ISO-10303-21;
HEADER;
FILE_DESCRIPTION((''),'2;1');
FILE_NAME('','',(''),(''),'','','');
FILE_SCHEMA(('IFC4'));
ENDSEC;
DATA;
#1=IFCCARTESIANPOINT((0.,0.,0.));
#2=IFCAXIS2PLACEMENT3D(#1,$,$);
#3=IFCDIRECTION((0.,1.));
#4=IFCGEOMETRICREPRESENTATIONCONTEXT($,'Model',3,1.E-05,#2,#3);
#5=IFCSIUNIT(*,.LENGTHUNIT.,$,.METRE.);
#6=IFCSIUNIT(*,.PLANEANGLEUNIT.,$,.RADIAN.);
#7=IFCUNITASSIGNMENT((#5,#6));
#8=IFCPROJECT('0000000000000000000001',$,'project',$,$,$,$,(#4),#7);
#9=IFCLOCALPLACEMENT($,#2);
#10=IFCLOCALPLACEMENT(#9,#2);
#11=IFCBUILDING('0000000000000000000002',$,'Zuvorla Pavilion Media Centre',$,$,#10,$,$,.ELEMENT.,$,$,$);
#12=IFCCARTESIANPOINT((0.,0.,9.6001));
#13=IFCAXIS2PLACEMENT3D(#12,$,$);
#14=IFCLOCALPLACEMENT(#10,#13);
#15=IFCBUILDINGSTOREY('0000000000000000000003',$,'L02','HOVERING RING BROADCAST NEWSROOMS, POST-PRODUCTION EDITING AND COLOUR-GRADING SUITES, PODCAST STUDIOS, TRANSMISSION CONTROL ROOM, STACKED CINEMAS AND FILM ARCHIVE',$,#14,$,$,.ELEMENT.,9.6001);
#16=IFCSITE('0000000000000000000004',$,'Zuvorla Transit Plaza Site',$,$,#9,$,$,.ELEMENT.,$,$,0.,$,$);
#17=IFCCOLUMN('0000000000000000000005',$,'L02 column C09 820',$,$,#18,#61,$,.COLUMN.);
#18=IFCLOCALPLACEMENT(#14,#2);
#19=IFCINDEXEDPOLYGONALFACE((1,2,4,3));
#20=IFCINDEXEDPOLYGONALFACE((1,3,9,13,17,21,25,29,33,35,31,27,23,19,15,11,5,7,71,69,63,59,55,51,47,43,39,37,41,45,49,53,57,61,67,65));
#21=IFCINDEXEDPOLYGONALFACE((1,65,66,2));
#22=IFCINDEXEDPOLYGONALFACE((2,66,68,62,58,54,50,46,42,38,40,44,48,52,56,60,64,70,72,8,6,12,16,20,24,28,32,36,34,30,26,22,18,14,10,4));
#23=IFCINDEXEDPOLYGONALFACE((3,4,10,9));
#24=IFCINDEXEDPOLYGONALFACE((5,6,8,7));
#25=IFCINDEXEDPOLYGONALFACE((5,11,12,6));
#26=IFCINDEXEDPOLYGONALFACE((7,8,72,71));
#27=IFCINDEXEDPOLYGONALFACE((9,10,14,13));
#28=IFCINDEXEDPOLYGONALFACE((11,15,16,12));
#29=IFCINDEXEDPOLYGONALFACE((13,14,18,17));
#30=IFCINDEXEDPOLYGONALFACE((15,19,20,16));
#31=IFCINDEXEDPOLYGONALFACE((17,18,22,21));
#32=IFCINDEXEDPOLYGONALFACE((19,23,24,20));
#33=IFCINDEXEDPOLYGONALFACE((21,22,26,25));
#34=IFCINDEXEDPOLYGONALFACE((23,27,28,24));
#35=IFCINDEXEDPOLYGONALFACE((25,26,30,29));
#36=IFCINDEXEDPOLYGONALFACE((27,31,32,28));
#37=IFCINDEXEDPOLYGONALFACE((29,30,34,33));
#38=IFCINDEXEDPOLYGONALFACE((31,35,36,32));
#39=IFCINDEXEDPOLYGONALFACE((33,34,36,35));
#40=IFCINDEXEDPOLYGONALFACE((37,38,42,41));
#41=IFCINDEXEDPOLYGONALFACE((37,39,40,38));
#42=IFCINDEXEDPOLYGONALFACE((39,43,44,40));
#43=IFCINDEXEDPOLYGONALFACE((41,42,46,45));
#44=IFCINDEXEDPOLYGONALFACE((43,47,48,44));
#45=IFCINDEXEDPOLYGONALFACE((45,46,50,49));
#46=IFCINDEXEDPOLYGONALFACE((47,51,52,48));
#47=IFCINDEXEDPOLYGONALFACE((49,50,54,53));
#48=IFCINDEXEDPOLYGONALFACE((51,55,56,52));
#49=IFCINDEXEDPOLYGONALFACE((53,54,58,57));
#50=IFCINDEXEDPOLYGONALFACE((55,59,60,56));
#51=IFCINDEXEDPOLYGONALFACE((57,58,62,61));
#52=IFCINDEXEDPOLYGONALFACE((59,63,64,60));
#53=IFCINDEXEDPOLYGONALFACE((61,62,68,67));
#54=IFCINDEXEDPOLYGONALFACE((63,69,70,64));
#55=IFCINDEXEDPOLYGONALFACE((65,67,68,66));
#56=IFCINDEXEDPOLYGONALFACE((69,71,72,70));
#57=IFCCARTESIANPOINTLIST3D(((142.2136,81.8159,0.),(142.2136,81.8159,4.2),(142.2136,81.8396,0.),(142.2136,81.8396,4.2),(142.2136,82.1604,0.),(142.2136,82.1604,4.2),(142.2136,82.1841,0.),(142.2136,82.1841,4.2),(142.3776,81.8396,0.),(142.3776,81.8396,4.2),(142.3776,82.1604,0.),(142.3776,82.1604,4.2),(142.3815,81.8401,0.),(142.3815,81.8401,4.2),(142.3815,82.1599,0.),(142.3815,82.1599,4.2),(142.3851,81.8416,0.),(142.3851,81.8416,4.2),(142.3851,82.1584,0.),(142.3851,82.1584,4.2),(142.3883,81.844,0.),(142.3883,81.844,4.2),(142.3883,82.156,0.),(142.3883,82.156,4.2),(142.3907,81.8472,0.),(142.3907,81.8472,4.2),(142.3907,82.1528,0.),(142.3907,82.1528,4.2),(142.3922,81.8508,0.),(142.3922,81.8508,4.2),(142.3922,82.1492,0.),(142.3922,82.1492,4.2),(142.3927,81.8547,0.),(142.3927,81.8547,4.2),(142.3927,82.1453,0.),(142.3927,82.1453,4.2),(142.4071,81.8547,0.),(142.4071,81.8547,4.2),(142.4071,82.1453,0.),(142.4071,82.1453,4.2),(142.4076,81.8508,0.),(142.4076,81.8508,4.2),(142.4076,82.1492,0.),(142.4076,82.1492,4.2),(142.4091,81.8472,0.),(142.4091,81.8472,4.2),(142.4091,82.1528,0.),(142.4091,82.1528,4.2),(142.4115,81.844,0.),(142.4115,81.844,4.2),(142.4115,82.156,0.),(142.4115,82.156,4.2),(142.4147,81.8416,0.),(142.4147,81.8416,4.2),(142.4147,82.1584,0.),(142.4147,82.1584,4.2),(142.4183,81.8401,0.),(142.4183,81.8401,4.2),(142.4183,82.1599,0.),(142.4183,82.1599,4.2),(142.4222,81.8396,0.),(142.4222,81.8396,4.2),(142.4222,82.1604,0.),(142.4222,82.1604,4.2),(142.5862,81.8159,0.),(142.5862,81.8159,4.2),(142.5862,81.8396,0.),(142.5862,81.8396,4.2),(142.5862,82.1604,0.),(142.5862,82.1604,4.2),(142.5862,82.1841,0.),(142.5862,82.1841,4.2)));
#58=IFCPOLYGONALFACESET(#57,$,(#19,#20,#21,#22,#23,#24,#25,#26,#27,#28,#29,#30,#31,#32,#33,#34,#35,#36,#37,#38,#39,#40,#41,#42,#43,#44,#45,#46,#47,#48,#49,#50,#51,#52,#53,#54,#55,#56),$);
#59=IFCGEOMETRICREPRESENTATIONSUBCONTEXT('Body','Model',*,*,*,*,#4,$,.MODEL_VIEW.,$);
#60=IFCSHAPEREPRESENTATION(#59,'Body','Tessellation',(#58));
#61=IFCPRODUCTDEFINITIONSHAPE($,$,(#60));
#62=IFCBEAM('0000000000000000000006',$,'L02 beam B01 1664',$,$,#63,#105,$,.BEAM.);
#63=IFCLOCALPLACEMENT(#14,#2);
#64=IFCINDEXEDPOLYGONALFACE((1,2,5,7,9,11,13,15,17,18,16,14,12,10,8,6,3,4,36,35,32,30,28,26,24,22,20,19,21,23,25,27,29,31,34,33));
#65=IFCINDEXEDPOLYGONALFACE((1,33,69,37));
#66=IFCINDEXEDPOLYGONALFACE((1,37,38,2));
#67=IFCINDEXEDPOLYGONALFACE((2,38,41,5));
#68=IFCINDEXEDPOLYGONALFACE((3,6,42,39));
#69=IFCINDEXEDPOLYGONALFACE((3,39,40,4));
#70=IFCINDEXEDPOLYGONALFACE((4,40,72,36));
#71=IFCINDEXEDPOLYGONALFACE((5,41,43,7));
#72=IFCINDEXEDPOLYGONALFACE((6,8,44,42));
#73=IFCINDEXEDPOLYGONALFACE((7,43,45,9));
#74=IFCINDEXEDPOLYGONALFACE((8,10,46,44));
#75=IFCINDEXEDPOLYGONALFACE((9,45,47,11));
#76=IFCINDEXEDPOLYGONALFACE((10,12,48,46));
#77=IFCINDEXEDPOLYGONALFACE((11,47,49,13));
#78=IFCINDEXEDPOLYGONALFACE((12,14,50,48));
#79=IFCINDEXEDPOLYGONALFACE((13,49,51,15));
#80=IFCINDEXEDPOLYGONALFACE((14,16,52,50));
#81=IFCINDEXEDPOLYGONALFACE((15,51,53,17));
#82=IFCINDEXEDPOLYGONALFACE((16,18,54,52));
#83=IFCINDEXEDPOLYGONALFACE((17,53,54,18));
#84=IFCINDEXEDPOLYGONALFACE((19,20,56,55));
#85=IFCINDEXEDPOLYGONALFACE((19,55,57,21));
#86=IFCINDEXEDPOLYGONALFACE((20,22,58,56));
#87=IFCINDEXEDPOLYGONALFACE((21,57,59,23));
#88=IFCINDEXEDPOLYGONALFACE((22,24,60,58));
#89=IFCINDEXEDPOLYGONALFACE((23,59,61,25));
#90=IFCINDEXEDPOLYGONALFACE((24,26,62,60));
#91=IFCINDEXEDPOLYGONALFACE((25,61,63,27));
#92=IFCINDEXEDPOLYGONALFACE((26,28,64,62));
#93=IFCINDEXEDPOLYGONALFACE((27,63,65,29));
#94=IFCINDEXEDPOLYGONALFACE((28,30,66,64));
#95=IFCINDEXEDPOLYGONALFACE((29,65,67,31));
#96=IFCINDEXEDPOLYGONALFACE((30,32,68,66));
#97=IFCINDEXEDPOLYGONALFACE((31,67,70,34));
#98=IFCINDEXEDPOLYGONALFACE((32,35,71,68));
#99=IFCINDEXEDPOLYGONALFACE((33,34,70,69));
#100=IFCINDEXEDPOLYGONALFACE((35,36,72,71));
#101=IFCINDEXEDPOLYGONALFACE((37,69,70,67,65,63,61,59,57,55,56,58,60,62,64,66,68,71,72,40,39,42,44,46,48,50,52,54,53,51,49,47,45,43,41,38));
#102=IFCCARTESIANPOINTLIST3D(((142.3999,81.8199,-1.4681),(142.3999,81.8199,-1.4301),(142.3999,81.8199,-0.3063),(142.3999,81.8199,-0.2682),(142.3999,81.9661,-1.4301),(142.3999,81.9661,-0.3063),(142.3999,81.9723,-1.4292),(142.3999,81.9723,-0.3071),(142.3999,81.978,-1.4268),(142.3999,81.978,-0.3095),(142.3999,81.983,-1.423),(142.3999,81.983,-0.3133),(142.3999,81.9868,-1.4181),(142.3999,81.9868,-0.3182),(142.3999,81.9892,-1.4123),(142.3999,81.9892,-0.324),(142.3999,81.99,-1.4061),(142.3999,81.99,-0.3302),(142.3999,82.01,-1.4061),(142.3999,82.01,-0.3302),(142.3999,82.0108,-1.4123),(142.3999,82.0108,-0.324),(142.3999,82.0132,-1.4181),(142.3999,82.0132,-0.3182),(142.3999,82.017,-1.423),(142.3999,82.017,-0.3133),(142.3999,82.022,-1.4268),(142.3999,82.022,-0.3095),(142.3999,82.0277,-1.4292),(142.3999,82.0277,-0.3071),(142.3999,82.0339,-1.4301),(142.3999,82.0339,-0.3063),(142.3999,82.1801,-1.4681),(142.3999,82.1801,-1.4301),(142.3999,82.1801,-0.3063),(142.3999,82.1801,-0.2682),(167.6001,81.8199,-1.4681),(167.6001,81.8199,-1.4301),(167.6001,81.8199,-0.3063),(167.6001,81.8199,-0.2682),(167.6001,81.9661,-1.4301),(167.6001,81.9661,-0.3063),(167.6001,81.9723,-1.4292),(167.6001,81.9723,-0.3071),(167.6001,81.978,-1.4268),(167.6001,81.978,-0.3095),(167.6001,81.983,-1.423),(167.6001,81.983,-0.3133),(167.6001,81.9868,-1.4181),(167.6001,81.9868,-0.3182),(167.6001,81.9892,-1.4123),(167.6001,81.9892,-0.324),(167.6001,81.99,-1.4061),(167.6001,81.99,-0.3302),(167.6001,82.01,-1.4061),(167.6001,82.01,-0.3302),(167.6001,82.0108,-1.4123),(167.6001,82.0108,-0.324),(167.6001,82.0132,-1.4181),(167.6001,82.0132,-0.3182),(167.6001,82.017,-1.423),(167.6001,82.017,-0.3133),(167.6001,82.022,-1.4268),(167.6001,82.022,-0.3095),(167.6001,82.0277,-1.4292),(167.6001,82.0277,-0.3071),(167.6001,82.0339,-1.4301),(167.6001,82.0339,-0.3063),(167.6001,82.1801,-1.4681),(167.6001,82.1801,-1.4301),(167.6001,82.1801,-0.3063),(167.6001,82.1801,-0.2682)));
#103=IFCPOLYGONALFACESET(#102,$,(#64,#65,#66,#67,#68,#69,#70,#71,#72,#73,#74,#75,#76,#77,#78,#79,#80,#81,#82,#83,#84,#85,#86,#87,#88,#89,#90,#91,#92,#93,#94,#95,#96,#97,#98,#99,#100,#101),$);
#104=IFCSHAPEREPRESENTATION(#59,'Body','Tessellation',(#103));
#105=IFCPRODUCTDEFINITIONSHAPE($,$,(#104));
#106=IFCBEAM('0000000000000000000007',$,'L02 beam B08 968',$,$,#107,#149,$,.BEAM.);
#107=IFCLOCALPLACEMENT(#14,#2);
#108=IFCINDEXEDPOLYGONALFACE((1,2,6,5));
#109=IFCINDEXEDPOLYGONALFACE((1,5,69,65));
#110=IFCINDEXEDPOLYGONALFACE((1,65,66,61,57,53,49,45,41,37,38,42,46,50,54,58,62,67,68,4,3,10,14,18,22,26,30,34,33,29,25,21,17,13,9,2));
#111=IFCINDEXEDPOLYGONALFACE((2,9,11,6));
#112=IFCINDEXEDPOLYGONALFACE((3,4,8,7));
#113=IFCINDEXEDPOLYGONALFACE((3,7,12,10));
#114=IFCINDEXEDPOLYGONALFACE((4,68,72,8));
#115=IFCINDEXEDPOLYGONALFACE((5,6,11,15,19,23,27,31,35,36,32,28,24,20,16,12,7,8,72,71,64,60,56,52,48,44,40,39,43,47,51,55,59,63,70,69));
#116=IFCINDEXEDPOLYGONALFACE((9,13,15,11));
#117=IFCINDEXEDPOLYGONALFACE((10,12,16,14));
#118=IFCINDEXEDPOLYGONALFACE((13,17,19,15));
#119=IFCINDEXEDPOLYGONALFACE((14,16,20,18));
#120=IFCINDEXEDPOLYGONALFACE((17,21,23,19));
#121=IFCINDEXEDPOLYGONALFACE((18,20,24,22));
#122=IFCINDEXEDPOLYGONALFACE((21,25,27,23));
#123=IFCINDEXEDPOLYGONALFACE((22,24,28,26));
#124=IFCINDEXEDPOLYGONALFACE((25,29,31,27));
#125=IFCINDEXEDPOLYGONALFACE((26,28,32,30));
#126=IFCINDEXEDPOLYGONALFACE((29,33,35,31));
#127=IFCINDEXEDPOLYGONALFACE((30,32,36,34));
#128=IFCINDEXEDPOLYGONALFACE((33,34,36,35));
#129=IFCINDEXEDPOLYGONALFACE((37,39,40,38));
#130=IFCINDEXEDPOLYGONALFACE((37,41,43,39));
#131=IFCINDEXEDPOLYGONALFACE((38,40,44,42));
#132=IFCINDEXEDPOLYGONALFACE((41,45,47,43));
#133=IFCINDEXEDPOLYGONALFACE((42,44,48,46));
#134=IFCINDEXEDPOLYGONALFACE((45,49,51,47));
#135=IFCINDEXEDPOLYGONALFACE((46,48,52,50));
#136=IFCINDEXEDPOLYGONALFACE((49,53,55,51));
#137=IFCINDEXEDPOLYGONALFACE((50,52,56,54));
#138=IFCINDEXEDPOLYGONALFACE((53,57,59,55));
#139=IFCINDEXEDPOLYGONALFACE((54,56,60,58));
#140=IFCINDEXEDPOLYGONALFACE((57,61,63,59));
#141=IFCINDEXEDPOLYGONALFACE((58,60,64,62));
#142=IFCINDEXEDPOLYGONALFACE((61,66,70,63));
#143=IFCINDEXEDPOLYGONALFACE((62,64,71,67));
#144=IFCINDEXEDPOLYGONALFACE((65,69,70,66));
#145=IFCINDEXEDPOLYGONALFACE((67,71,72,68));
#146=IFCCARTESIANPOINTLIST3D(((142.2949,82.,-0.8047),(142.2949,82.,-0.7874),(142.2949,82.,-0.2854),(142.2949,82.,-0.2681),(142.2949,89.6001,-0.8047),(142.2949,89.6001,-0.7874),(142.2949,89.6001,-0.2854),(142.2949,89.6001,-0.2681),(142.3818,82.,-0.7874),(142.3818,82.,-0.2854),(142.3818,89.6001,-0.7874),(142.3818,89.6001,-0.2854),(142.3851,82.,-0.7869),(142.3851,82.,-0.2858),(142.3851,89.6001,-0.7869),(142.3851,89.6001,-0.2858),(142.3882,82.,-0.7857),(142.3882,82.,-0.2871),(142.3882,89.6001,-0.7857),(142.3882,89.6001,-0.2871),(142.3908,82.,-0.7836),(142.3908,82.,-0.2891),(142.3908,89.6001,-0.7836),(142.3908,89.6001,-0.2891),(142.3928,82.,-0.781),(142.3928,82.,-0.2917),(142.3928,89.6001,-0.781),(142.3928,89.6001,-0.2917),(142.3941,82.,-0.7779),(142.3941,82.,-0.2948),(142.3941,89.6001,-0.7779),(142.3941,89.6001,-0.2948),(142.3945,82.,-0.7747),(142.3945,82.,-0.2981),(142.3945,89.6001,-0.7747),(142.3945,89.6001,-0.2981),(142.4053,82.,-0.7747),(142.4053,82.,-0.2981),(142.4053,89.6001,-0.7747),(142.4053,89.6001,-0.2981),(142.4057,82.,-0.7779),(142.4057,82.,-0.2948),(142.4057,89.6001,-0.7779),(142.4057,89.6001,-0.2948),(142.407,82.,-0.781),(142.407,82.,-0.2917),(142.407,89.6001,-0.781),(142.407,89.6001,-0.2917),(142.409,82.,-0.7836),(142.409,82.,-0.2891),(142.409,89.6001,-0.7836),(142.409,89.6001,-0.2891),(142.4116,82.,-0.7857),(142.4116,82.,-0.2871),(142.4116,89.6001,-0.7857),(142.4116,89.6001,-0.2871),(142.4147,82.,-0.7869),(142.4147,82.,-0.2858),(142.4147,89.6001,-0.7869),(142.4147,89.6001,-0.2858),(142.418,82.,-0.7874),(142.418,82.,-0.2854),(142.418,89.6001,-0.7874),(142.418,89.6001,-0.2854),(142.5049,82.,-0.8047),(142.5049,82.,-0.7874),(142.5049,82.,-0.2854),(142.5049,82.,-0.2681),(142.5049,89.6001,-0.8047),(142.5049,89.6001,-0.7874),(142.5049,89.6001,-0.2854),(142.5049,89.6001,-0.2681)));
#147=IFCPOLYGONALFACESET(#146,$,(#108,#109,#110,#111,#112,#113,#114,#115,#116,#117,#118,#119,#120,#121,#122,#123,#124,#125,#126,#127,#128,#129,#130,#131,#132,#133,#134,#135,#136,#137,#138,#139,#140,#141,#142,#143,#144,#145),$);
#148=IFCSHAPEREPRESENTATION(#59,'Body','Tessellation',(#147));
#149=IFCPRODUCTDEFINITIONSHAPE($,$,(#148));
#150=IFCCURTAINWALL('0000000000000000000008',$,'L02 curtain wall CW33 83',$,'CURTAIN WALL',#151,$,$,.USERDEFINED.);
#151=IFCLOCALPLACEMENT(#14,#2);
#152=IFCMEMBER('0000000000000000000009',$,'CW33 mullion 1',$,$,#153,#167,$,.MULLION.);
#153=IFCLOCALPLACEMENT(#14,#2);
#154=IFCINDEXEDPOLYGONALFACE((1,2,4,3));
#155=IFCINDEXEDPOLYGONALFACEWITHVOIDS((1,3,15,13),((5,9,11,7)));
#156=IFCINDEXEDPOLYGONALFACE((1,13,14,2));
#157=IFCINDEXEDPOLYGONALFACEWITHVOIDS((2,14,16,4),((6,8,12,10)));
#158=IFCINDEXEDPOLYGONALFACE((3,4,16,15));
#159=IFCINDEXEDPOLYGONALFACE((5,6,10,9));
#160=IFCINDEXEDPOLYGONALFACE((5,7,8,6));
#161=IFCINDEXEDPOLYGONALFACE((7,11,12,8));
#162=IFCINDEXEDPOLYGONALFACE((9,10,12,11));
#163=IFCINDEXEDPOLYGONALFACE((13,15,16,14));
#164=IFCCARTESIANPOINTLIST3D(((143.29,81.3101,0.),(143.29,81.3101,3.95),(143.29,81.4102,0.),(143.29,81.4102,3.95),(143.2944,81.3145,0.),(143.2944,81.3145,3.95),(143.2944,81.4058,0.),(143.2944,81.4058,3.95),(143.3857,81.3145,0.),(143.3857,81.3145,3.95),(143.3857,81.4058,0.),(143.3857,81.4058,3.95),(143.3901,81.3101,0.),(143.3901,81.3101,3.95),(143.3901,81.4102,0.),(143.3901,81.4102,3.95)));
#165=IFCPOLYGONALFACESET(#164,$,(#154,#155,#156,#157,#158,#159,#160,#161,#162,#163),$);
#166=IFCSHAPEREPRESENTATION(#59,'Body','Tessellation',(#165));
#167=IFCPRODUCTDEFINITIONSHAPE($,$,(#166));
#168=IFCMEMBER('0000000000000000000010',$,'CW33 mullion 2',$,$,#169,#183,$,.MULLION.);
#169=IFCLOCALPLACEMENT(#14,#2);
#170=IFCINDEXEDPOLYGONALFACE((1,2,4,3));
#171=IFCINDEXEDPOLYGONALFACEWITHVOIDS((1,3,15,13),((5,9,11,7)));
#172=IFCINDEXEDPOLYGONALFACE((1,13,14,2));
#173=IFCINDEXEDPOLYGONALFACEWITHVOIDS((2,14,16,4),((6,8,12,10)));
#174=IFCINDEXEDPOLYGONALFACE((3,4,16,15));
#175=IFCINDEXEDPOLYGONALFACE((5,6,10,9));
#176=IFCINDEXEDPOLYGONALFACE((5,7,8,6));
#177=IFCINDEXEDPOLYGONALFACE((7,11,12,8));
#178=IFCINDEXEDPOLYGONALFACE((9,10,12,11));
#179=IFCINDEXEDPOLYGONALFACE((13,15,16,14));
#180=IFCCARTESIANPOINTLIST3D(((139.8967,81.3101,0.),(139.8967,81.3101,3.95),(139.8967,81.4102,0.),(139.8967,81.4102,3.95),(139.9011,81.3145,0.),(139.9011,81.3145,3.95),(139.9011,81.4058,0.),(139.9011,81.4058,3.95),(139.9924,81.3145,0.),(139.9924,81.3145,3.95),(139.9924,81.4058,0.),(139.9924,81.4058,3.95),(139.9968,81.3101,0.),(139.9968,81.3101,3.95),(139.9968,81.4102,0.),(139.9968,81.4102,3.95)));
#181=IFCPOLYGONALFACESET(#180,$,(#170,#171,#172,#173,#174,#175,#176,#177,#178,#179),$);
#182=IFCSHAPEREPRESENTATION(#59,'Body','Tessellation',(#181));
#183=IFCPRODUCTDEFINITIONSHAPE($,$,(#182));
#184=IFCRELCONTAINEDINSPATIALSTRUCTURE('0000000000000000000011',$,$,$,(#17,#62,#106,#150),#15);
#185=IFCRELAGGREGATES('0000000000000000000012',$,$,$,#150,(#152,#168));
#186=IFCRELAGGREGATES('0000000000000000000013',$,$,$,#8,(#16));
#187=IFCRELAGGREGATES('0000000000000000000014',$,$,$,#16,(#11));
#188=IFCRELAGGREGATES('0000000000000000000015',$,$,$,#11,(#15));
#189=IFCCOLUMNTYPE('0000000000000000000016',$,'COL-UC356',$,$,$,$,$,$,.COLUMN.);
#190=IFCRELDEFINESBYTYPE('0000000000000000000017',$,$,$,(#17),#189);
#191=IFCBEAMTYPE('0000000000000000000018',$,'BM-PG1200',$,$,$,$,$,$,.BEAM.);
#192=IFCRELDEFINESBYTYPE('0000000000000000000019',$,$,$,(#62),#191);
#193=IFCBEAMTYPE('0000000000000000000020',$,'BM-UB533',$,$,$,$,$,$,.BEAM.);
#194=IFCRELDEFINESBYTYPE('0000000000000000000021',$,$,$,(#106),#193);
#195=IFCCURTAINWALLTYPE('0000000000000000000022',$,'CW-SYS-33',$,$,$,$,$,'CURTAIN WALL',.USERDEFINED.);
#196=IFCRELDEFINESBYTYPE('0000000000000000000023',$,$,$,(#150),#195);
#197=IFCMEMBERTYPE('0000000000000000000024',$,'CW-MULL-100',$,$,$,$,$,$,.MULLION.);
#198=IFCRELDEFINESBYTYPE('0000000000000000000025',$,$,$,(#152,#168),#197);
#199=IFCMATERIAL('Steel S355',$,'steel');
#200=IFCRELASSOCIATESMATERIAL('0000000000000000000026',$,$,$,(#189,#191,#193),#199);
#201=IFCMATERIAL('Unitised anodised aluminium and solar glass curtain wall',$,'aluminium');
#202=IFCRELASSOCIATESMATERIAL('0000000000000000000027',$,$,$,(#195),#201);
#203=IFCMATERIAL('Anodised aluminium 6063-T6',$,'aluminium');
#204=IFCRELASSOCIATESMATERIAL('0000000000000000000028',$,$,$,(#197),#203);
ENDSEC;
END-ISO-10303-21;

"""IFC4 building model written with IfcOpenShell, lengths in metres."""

from ifc_helpers import new_model, si_unit, direction, frame, origin, origin_2d, place, context, subcontext, project, spatial, hollow_rectangle, i_section, extrude, material, material_profile, profile_set, type_object, element, aggregate, save


model = new_model("IFC4")

# Units and contexts
model_context = context("Model", 3, precision=1e-05, world=origin(), true_north=direction((0.0, 1.0)))
body_context = subcontext(model_context, "Body", "Model", "MODEL_VIEW")
ifc_project = project(units=[si_unit("LENGTHUNIT", "METRE"), si_unit("PLANEANGLEUNIT", "RADIAN")], contexts=[model_context])

# Site, building, storey
site_placement = place(None, origin())
site = spatial("IfcSite", under=ifc_project, at=site_placement, Name="Zuvorla Transit Plaza Site", CompositionType="ELEMENT", RefElevation=0.0)
building_placement = place(site_placement, origin())
building = spatial("IfcBuilding", under=site, at=building_placement, Name="Zuvorla Pavilion Media Centre", CompositionType="ELEMENT")
storey_placement = place(building_placement, frame((0.0, 0.0, 9.6001)))
storey = spatial("IfcBuildingStorey", under=building, at=storey_placement, Name="L02", Description="HOVERING RING BROADCAST NEWSROOMS, POST-PRODUCTION EDITING AND COLOUR-GRADING SUITES, PODCAST STUDIOS, TRANSMISSION CONTROL ROOM, STACKED CINEMAS AND FILM ARCHIVE", CompositionType="ELEMENT", Elevation=9.6001)

# Column
ifc_material_1 = material(Name="Steel S355", Category="steel")
ifc_material_profile_1 = material_profile(ifc_material_1, i_section(OverallWidth=0.3726, OverallDepth=0.3682, WebThickness=0.0144, FlangeThickness=0.0237, FilletRadius=0.0151, at=origin_2d()), Name="UC 356x368x177")
ifc_profile_set_1 = profile_set([ifc_material_profile_1], Name="Steel S355")
column_type = type_object("IfcColumnType", Name="COL-UC356", PredefinedType="COLUMN", material=ifc_profile_set_1)
column_placement = place(storey_placement, frame((142.3999, 82.0, 0.0), z_axis=(0.0, 0.0, 1.0), x_axis=(1.0, 0.0, 0.0)))
element("IfcColumn", 1, at=column_placement, inside=storey, type_object=column_type, Name="L02 column C09 820", PredefinedType="COLUMN", context=body_context, shape_type="SweptSolid", body=[
    extrude(i_section(OverallWidth=0.3726, OverallDepth=0.3682, WebThickness=0.0144, FlangeThickness=0.0237, FilletRadius=0.0151, at=origin_2d()), origin(), (0.0, 0.0, 1.0), 4.2),
])

# Beams
ifc_material_profile_2 = material_profile(ifc_material_1, i_section(OverallWidth=0.3601, OverallDepth=1.2, WebThickness=0.02, FlangeThickness=0.0381, FilletRadius=0.0239, at=origin_2d()), Name="PG 1200x360x38")
ifc_profile_set_2 = profile_set([ifc_material_profile_2], Name="Steel S355")
beam_type_1 = type_object("IfcBeamType", Name="BM-PG1200", PredefinedType="BEAM", material=ifc_profile_set_2)
beam_1_placement = place(storey_placement, frame((142.3999, 82.0, -0.8682), z_axis=(1.0, 0.0, 0.0), x_axis=(0.0, 1.0, 0.0)))
element("IfcBeam", 2, at=beam_1_placement, inside=storey, type_object=beam_type_1, Name="L02 beam B01 1664", PredefinedType="BEAM", context=body_context, shape_type="SweptSolid", body=[
    extrude(i_section(OverallWidth=0.3601, OverallDepth=1.2, WebThickness=0.02, FlangeThickness=0.0381, FilletRadius=0.0239, at=origin_2d()), origin(), (0.0, 0.0, 1.0), 25.2002),
])
ifc_material_profile_3 = material_profile(ifc_material_1, i_section(OverallWidth=0.21, OverallDepth=0.5366, WebThickness=0.0107, FlangeThickness=0.0173, FilletRadius=0.0127, at=origin_2d()), Name="UB 533x210x101")
ifc_profile_set_3 = profile_set([ifc_material_profile_3], Name="Steel S355")
beam_type_2 = type_object("IfcBeamType", Name="BM-UB533", PredefinedType="BEAM", material=ifc_profile_set_3)
beam_2_placement = place(storey_placement, frame((142.3999, 82.0, -0.5364), z_axis=(0.0, 1.0, 0.0), x_axis=(-1.0, 0.0, 0.0)))
element("IfcBeam", 3, at=beam_2_placement, inside=storey, type_object=beam_type_2, Name="L02 beam B08 968", PredefinedType="BEAM", context=body_context, shape_type="SweptSolid", body=[
    extrude(i_section(OverallWidth=0.21, OverallDepth=0.5366, WebThickness=0.0107, FlangeThickness=0.0173, FilletRadius=0.0127, at=origin_2d()), origin(), (0.0, 0.0, 1.0), 7.6001),
])

# Curtain wall, members
ifc_material_2 = material(Name="Unitised anodised aluminium and solar glass curtain wall", Category="aluminium")
curtain_wall_type_1 = type_object("IfcCurtainWallType", Name="CW-SYS-33", ElementType="CURTAIN WALL", PredefinedType="USERDEFINED", material=ifc_material_2)
curtain_wall_1_placement = place(storey_placement, origin())
curtain_wall_1 = element("IfcCurtainWall", 4, at=curtain_wall_1_placement, inside=storey, type_object=curtain_wall_type_1, Name="L02 curtain wall CW33 83", ObjectType="CURTAIN WALL", PredefinedType="USERDEFINED")
ifc_material_3 = material(Name="Anodised aluminium 6063-T6", Category="aluminium")
ifc_material_profile_4 = material_profile(ifc_material_3, hollow_rectangle(XDim=0.1001, YDim=0.1001, WallThickness=0.0044, at=origin_2d()), Name="ALU MULL 100x100")
ifc_profile_set_4 = profile_set([ifc_material_profile_4], Name="Anodised aluminium 6063-T6")
member_type_1 = type_object("IfcMemberType", Name="CW-MULL-100", PredefinedType="MULLION", material=ifc_profile_set_4)
member_1_placement = place(storey_placement, frame((143.3401, 81.3601, 0.0), z_axis=(0.0, 0.0, 1.0), x_axis=(1.0, 0.0, 0.0)))
member_1 = element("IfcMember", 5, at=member_1_placement, type_object=member_type_1, Name="CW33 mullion 1", PredefinedType="MULLION", context=body_context, shape_type="SweptSolid", body=[
    extrude(hollow_rectangle(XDim=0.1001, YDim=0.1001, WallThickness=0.0044, at=origin_2d()), origin(), (0.0, 0.0, 1.0), 3.95),
])
member_2_placement = place(storey_placement, frame((139.9468, 81.3601, 0.0), z_axis=(0.0, 0.0, 1.0), x_axis=(1.0, 0.0, 0.0)))
member_2 = element("IfcMember", 6, at=member_2_placement, type_object=member_type_1, Name="CW33 mullion 2", PredefinedType="MULLION", context=body_context, shape_type="SweptSolid", body=[
    extrude(hollow_rectangle(XDim=0.1001, YDim=0.1001, WallThickness=0.0044, at=origin_2d()), origin(), (0.0, 0.0, 1.0), 3.95),
])

aggregate(curtain_wall_1, [member_1, member_2])

save(model, "model.ifc")
